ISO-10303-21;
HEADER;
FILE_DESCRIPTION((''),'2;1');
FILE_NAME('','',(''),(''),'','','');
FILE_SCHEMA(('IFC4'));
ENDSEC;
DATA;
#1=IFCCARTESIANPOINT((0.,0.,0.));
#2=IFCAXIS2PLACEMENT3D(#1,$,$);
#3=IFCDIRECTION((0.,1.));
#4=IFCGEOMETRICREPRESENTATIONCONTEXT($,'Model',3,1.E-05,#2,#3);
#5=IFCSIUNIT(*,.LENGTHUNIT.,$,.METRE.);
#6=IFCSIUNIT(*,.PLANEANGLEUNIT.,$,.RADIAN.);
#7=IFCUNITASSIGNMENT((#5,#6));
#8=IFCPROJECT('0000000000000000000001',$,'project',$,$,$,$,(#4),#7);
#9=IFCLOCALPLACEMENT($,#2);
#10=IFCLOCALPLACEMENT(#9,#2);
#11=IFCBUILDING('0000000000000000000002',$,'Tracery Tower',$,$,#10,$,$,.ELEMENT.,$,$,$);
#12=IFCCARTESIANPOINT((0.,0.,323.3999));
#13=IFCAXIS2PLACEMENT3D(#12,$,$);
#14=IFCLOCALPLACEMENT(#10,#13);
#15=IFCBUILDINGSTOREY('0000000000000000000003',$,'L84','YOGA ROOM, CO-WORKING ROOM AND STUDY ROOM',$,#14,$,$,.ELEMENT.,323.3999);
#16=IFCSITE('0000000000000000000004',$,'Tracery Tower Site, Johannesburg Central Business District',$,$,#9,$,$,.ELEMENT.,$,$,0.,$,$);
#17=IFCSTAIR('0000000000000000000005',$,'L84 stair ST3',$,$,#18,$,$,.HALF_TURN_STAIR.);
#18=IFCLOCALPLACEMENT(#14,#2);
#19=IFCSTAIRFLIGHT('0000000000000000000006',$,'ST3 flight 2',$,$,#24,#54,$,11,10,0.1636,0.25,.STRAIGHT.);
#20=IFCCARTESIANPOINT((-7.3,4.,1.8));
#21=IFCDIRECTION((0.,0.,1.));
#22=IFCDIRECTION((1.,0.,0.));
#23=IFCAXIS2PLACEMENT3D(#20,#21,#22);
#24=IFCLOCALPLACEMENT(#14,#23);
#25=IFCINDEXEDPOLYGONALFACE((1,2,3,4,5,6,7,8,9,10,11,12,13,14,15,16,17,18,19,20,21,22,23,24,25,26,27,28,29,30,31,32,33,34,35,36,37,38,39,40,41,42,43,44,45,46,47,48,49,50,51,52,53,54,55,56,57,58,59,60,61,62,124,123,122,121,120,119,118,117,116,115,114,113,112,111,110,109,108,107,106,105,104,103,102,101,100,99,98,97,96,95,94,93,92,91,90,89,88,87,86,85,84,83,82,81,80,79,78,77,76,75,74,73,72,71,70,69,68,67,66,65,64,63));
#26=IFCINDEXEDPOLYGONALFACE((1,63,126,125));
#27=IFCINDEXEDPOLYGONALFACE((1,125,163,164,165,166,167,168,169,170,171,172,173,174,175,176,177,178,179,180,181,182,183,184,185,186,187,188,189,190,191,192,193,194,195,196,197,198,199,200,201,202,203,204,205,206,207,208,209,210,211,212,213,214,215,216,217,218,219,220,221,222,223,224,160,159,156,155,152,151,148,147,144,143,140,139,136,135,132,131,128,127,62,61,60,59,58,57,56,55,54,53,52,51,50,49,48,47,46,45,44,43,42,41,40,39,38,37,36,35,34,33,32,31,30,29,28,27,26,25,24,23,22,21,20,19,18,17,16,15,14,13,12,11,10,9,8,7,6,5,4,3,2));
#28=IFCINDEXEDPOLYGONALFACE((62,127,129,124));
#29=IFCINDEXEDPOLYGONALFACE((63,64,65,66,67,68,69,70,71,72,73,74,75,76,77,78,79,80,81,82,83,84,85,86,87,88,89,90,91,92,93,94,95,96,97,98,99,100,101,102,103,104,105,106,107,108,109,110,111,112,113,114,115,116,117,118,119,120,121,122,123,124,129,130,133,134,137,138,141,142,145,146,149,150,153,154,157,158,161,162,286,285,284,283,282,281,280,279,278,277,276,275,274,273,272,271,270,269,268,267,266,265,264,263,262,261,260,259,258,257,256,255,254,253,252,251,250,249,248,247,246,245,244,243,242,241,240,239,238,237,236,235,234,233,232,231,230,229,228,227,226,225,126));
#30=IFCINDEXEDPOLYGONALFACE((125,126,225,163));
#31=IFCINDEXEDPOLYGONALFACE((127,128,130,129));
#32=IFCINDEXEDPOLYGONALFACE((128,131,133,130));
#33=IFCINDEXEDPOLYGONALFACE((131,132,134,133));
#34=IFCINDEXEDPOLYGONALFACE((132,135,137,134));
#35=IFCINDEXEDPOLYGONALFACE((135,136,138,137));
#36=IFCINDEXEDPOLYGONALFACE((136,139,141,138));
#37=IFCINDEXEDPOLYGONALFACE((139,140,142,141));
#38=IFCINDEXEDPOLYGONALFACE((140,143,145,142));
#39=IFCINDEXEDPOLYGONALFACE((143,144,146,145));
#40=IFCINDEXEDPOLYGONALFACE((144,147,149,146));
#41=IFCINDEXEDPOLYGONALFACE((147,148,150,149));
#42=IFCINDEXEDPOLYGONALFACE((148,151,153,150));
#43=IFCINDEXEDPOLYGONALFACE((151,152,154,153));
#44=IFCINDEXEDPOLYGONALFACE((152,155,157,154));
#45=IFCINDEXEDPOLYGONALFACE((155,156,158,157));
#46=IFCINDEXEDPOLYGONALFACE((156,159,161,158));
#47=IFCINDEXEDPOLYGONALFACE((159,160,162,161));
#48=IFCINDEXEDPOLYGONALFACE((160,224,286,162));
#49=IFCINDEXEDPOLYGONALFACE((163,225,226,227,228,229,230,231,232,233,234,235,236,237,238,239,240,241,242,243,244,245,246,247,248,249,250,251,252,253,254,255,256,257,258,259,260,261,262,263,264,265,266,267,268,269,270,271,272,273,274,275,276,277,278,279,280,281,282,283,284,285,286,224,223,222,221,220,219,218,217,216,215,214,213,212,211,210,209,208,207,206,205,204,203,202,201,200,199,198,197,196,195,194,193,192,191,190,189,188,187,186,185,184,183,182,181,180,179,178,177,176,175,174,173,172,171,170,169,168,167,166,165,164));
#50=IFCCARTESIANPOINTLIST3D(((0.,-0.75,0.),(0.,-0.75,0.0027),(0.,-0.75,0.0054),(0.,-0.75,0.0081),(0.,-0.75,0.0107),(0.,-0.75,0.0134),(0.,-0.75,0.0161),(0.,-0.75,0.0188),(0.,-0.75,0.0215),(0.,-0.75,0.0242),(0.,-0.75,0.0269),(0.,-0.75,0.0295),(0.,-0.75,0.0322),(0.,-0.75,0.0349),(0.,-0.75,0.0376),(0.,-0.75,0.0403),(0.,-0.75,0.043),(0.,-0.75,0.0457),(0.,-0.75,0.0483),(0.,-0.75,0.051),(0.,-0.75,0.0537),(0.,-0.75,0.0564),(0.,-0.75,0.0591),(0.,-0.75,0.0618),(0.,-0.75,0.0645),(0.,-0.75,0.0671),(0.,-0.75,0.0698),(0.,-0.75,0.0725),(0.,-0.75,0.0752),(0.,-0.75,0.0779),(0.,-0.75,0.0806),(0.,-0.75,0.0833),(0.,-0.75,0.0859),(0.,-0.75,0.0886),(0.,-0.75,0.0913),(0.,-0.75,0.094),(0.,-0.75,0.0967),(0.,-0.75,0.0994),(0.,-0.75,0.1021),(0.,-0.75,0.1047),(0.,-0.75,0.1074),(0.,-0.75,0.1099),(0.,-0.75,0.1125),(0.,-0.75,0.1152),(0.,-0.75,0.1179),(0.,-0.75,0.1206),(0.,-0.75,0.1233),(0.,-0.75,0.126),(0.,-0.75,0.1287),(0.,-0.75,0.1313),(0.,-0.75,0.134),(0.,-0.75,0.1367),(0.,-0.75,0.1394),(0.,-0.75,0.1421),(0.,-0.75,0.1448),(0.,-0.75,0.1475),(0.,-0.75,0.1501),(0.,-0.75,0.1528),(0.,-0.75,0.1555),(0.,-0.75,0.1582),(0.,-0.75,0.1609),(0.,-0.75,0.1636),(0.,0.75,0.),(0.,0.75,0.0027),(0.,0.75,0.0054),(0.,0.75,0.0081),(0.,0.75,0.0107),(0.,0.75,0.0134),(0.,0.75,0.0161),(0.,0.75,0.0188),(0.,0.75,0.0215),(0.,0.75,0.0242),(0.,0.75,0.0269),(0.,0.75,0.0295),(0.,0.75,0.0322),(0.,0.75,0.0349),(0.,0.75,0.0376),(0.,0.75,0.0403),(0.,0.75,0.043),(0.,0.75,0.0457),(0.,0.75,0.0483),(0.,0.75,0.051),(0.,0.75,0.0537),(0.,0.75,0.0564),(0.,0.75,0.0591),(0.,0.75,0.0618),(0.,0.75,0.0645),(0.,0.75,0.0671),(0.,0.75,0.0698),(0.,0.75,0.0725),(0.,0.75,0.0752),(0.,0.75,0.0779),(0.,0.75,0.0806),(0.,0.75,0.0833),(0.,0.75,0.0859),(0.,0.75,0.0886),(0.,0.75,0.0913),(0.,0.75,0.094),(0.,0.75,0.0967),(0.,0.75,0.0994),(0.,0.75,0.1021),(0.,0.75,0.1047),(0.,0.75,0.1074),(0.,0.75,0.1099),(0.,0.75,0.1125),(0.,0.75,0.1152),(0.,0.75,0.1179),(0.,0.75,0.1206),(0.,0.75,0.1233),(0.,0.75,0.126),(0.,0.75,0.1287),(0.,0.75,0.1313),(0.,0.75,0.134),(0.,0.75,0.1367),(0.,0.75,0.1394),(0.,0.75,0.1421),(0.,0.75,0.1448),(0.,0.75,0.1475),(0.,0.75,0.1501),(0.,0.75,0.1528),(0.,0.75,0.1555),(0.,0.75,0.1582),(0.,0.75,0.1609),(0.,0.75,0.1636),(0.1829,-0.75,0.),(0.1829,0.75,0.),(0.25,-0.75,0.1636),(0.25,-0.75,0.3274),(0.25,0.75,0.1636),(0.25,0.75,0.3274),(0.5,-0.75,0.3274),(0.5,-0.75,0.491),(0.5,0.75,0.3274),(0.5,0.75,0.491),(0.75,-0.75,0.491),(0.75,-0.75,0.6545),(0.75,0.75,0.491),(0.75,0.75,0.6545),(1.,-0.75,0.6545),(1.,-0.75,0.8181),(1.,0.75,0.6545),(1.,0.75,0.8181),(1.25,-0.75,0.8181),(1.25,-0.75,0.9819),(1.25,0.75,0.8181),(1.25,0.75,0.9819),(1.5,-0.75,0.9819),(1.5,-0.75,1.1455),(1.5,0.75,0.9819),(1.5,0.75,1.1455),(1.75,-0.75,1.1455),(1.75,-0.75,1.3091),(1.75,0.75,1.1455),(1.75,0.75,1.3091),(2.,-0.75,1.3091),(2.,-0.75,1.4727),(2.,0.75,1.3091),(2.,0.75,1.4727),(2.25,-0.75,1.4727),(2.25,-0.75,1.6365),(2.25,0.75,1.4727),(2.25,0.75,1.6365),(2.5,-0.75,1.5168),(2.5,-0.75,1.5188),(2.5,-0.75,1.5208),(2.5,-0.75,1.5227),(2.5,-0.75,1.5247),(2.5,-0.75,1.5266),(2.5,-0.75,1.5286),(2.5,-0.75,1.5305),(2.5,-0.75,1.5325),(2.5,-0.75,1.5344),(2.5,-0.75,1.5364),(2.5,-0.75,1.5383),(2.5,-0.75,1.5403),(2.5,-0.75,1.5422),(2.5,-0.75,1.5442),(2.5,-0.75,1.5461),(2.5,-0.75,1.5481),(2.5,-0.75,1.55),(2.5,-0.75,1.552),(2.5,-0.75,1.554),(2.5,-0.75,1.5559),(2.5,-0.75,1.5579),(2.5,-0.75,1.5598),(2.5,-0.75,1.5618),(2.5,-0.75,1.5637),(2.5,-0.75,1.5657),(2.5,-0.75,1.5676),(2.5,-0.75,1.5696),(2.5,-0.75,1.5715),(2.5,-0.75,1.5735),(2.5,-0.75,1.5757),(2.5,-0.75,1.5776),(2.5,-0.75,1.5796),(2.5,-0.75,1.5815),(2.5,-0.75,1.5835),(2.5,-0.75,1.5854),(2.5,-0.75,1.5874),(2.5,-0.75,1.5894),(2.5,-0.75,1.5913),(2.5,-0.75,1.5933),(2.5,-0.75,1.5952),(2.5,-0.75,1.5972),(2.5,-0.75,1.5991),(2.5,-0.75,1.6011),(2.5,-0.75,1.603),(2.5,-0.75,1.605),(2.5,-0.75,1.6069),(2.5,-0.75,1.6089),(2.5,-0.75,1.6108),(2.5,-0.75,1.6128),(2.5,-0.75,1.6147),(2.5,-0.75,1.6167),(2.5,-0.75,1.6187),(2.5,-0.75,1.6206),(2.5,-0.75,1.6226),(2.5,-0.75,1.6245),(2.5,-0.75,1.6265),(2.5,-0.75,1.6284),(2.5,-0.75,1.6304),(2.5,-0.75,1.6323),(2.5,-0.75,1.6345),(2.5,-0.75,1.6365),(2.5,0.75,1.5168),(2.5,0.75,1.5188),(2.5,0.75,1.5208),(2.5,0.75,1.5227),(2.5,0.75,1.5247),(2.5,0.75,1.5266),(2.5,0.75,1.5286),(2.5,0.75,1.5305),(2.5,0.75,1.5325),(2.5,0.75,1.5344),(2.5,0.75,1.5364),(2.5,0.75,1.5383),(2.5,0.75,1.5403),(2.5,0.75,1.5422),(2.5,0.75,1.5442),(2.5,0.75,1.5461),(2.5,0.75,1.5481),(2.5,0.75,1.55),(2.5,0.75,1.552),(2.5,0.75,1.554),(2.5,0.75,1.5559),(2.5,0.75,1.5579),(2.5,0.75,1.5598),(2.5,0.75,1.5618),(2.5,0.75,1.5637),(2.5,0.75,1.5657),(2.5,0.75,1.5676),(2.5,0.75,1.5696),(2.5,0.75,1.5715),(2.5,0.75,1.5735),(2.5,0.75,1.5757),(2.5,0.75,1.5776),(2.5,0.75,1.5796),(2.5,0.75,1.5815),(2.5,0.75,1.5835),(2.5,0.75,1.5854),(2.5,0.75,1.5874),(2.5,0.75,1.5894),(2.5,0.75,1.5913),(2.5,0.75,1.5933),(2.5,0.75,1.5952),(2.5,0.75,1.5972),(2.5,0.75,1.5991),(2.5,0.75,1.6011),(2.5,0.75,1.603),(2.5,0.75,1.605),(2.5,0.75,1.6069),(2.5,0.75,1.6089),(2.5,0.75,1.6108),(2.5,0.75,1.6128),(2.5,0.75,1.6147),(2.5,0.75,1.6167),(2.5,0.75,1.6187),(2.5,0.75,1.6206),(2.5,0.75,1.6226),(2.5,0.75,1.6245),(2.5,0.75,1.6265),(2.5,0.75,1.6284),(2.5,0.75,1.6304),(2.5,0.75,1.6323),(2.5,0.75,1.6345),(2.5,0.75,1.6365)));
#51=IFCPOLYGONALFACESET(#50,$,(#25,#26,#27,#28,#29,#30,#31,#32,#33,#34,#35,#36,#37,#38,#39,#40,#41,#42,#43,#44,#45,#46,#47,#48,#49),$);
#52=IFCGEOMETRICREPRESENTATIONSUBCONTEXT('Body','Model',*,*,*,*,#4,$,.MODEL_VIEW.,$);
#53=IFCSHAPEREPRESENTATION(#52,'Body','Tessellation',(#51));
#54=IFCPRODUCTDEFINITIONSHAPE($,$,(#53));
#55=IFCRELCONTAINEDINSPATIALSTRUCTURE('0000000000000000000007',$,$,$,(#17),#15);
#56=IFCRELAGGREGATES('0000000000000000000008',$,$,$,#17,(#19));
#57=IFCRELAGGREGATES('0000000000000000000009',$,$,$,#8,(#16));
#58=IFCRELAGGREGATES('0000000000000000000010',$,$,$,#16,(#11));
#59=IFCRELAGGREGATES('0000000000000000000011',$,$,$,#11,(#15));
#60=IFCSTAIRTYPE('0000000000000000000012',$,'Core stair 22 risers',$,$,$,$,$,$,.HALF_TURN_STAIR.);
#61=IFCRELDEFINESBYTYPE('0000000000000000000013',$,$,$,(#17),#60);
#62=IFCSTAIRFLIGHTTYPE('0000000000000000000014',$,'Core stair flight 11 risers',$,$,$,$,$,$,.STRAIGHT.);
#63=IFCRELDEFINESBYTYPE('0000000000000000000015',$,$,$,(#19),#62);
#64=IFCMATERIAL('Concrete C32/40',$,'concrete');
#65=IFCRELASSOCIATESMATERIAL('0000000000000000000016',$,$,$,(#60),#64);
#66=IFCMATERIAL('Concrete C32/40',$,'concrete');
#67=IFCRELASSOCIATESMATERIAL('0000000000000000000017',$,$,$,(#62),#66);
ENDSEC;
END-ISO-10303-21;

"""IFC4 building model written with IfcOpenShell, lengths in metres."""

from ifc_helpers import new_model, si_unit, direction, frame, origin, place, context, subcontext, project, spatial, polyline, outline, extrude, material, type_object, element, aggregate, save


model = new_model("IFC4")

# Units and contexts
model_context = context("Model", 3, precision=1e-05, world=origin(), true_north=direction((0.0, 1.0)))
body_context = subcontext(model_context, "Body", "Model", "MODEL_VIEW")
ifc_project = project(units=[si_unit("LENGTHUNIT", "METRE"), si_unit("PLANEANGLEUNIT", "RADIAN")], contexts=[model_context])

# Site, building, storey
site_placement = place(None, origin())
site = spatial("IfcSite", under=ifc_project, at=site_placement, Name="Tracery Tower Site, Johannesburg Central Business District", CompositionType="ELEMENT", RefElevation=0.0)
building_placement = place(site_placement, origin())
building = spatial("IfcBuilding", under=site, at=building_placement, Name="Tracery Tower", CompositionType="ELEMENT")
storey_placement = place(building_placement, frame((0.0, 0.0, 323.3999)))
storey = spatial("IfcBuildingStorey", under=building, at=storey_placement, Name="L84", Description="YOGA ROOM, CO-WORKING ROOM AND STUDY ROOM", CompositionType="ELEMENT", Elevation=323.3999)

# Stair, stair flight
ifc_material_1 = material(Name="Concrete C32/40", Category="concrete")
stair_type = type_object("IfcStairType", Name="Core stair 22 risers", PredefinedType="HALF_TURN_STAIR", material=ifc_material_1)
stair_placement = place(storey_placement, origin())
stair = element("IfcStair", 1, at=stair_placement, inside=storey, type_object=stair_type, Name="L84 stair ST3", PredefinedType="HALF_TURN_STAIR")
ifc_material_2 = material(Name="Concrete C32/40", Category="concrete")
stair_flight_type = type_object("IfcStairFlightType", Name="Core stair flight 11 risers", PredefinedType="STRAIGHT", material=ifc_material_2)
stair_flight_1_placement = place(storey_placement, frame((-7.3, 4.0, 1.8), z_axis=(0.0, 0.0, 1.0), x_axis=(1.0, 0.0, 0.0)))
stair_flight_1 = element("IfcStairFlight", 2, at=stair_flight_1_placement, type_object=stair_flight_type, Name="ST3 flight 2", NumberOfRisers=11, NumberOfTreads=10, PredefinedType="STRAIGHT", RiserHeight=0.1636, TreadLength=0.25, context=body_context, shape_type="SweptSolid", body=[
    extrude(outline(polyline([(0.0, 0.0), (0.0, 0.0027), (0.0, 0.0054), (0.0, 0.0081), (0.0, 0.0107), (0.0, 0.0134), (0.0, 0.0161), (0.0, 0.0188), (0.0, 0.0215), (0.0, 0.0242), (0.0, 0.0269), (0.0, 0.0295), (0.0, 0.0322), (0.0, 0.0349), (0.0, 0.0376), (0.0, 0.0403), (0.0, 0.043), (0.0, 0.0457), (0.0, 0.0483), (0.0, 0.051), (0.0, 0.0537), (0.0, 0.0564), (0.0, 0.0591), (0.0, 0.0618), (0.0, 0.0645), (0.0, 0.0671), (0.0, 0.0698), (0.0, 0.0725), (0.0, 0.0752), (0.0, 0.0779), (0.0, 0.0806), (0.0, 0.0833), (0.0, 0.0859), (0.0, 0.0886), (0.0, 0.0913), (0.0, 0.094), (0.0, 0.0967), (0.0, 0.0994), (0.0, 0.1021), (0.0, 0.1047), (0.0, 0.1074), (0.0, 0.1099), (0.0, 0.1125), (0.0, 0.1152), (0.0, 0.1179), (0.0, 0.1206), (0.0, 0.1233), (0.0, 0.126), (0.0, 0.1287), (0.0, 0.1313), (0.0, 0.134), (0.0, 0.1367), (0.0, 0.1394), (0.0, 0.1421), (0.0, 0.1448), (0.0, 0.1475), (0.0, 0.1501), (0.0, 0.1528), (0.0, 0.1555), (0.0, 0.1582), (0.0, 0.1609), (0.0, 0.1636), (0.25, 0.1636), (0.25, 0.3274), (0.5, 0.3274), (0.5, 0.491), (0.75, 0.491), (0.75, 0.6545), (1.0, 0.6545), (1.0, 0.8181), (1.25, 0.8181), (1.25, 0.9819), (1.5, 0.9819), (1.5, 1.1455), (1.75, 1.1455), (1.75, 1.3091), (2.0, 1.3091), (2.0, 1.4727), (2.25, 1.4727), (2.25, 1.6365), (2.5, 1.6365), (2.5, 1.6345), (2.5, 1.6323), (2.5, 1.6304), (2.5, 1.6284), (2.5, 1.6265), (2.5, 1.6245), (2.5, 1.6226), (2.5, 1.6206), (2.5, 1.6187), (2.5, 1.6167), (2.5, 1.6147), (2.5, 1.6128), (2.5, 1.6108), (2.5, 1.6089), (2.5, 1.6069), (2.5, 1.605), (2.5, 1.603), (2.5, 1.6011), (2.5, 1.5991), (2.5, 1.5972), (2.5, 1.5952), (2.5, 1.5933), (2.5, 1.5913), (2.5, 1.5894), (2.5, 1.5874), (2.5, 1.5854), (2.5, 1.5835), (2.5, 1.5815), (2.5, 1.5796), (2.5, 1.5776), (2.5, 1.5757), (2.5, 1.5735), (2.5, 1.5715), (2.5, 1.5696), (2.5, 1.5676), (2.5, 1.5657), (2.5, 1.5637), (2.5, 1.5618), (2.5, 1.5598), (2.5, 1.5579), (2.5, 1.5559), (2.5, 1.554), (2.5, 1.552), (2.5, 1.55), (2.5, 1.5481), (2.5, 1.5461), (2.5, 1.5442), (2.5, 1.5422), (2.5, 1.5403), (2.5, 1.5383), (2.5, 1.5364), (2.5, 1.5344), (2.5, 1.5325), (2.5, 1.5305), (2.5, 1.5286), (2.5, 1.5266), (2.5, 1.5247), (2.5, 1.5227), (2.5, 1.5208), (2.5, 1.5188), (2.5, 1.5168), (0.1829, 0.0), (0.0, 0.0)])), frame((0.0, 0.75, 0.0), z_axis=(0.0, -1.0, 0.0), x_axis=(1.0, 0.0, 0.0)), (0.0, 0.0, 1.0), 1.5),
])
aggregate(stair, [stair_flight_1])

save(model, "model.ifc")
